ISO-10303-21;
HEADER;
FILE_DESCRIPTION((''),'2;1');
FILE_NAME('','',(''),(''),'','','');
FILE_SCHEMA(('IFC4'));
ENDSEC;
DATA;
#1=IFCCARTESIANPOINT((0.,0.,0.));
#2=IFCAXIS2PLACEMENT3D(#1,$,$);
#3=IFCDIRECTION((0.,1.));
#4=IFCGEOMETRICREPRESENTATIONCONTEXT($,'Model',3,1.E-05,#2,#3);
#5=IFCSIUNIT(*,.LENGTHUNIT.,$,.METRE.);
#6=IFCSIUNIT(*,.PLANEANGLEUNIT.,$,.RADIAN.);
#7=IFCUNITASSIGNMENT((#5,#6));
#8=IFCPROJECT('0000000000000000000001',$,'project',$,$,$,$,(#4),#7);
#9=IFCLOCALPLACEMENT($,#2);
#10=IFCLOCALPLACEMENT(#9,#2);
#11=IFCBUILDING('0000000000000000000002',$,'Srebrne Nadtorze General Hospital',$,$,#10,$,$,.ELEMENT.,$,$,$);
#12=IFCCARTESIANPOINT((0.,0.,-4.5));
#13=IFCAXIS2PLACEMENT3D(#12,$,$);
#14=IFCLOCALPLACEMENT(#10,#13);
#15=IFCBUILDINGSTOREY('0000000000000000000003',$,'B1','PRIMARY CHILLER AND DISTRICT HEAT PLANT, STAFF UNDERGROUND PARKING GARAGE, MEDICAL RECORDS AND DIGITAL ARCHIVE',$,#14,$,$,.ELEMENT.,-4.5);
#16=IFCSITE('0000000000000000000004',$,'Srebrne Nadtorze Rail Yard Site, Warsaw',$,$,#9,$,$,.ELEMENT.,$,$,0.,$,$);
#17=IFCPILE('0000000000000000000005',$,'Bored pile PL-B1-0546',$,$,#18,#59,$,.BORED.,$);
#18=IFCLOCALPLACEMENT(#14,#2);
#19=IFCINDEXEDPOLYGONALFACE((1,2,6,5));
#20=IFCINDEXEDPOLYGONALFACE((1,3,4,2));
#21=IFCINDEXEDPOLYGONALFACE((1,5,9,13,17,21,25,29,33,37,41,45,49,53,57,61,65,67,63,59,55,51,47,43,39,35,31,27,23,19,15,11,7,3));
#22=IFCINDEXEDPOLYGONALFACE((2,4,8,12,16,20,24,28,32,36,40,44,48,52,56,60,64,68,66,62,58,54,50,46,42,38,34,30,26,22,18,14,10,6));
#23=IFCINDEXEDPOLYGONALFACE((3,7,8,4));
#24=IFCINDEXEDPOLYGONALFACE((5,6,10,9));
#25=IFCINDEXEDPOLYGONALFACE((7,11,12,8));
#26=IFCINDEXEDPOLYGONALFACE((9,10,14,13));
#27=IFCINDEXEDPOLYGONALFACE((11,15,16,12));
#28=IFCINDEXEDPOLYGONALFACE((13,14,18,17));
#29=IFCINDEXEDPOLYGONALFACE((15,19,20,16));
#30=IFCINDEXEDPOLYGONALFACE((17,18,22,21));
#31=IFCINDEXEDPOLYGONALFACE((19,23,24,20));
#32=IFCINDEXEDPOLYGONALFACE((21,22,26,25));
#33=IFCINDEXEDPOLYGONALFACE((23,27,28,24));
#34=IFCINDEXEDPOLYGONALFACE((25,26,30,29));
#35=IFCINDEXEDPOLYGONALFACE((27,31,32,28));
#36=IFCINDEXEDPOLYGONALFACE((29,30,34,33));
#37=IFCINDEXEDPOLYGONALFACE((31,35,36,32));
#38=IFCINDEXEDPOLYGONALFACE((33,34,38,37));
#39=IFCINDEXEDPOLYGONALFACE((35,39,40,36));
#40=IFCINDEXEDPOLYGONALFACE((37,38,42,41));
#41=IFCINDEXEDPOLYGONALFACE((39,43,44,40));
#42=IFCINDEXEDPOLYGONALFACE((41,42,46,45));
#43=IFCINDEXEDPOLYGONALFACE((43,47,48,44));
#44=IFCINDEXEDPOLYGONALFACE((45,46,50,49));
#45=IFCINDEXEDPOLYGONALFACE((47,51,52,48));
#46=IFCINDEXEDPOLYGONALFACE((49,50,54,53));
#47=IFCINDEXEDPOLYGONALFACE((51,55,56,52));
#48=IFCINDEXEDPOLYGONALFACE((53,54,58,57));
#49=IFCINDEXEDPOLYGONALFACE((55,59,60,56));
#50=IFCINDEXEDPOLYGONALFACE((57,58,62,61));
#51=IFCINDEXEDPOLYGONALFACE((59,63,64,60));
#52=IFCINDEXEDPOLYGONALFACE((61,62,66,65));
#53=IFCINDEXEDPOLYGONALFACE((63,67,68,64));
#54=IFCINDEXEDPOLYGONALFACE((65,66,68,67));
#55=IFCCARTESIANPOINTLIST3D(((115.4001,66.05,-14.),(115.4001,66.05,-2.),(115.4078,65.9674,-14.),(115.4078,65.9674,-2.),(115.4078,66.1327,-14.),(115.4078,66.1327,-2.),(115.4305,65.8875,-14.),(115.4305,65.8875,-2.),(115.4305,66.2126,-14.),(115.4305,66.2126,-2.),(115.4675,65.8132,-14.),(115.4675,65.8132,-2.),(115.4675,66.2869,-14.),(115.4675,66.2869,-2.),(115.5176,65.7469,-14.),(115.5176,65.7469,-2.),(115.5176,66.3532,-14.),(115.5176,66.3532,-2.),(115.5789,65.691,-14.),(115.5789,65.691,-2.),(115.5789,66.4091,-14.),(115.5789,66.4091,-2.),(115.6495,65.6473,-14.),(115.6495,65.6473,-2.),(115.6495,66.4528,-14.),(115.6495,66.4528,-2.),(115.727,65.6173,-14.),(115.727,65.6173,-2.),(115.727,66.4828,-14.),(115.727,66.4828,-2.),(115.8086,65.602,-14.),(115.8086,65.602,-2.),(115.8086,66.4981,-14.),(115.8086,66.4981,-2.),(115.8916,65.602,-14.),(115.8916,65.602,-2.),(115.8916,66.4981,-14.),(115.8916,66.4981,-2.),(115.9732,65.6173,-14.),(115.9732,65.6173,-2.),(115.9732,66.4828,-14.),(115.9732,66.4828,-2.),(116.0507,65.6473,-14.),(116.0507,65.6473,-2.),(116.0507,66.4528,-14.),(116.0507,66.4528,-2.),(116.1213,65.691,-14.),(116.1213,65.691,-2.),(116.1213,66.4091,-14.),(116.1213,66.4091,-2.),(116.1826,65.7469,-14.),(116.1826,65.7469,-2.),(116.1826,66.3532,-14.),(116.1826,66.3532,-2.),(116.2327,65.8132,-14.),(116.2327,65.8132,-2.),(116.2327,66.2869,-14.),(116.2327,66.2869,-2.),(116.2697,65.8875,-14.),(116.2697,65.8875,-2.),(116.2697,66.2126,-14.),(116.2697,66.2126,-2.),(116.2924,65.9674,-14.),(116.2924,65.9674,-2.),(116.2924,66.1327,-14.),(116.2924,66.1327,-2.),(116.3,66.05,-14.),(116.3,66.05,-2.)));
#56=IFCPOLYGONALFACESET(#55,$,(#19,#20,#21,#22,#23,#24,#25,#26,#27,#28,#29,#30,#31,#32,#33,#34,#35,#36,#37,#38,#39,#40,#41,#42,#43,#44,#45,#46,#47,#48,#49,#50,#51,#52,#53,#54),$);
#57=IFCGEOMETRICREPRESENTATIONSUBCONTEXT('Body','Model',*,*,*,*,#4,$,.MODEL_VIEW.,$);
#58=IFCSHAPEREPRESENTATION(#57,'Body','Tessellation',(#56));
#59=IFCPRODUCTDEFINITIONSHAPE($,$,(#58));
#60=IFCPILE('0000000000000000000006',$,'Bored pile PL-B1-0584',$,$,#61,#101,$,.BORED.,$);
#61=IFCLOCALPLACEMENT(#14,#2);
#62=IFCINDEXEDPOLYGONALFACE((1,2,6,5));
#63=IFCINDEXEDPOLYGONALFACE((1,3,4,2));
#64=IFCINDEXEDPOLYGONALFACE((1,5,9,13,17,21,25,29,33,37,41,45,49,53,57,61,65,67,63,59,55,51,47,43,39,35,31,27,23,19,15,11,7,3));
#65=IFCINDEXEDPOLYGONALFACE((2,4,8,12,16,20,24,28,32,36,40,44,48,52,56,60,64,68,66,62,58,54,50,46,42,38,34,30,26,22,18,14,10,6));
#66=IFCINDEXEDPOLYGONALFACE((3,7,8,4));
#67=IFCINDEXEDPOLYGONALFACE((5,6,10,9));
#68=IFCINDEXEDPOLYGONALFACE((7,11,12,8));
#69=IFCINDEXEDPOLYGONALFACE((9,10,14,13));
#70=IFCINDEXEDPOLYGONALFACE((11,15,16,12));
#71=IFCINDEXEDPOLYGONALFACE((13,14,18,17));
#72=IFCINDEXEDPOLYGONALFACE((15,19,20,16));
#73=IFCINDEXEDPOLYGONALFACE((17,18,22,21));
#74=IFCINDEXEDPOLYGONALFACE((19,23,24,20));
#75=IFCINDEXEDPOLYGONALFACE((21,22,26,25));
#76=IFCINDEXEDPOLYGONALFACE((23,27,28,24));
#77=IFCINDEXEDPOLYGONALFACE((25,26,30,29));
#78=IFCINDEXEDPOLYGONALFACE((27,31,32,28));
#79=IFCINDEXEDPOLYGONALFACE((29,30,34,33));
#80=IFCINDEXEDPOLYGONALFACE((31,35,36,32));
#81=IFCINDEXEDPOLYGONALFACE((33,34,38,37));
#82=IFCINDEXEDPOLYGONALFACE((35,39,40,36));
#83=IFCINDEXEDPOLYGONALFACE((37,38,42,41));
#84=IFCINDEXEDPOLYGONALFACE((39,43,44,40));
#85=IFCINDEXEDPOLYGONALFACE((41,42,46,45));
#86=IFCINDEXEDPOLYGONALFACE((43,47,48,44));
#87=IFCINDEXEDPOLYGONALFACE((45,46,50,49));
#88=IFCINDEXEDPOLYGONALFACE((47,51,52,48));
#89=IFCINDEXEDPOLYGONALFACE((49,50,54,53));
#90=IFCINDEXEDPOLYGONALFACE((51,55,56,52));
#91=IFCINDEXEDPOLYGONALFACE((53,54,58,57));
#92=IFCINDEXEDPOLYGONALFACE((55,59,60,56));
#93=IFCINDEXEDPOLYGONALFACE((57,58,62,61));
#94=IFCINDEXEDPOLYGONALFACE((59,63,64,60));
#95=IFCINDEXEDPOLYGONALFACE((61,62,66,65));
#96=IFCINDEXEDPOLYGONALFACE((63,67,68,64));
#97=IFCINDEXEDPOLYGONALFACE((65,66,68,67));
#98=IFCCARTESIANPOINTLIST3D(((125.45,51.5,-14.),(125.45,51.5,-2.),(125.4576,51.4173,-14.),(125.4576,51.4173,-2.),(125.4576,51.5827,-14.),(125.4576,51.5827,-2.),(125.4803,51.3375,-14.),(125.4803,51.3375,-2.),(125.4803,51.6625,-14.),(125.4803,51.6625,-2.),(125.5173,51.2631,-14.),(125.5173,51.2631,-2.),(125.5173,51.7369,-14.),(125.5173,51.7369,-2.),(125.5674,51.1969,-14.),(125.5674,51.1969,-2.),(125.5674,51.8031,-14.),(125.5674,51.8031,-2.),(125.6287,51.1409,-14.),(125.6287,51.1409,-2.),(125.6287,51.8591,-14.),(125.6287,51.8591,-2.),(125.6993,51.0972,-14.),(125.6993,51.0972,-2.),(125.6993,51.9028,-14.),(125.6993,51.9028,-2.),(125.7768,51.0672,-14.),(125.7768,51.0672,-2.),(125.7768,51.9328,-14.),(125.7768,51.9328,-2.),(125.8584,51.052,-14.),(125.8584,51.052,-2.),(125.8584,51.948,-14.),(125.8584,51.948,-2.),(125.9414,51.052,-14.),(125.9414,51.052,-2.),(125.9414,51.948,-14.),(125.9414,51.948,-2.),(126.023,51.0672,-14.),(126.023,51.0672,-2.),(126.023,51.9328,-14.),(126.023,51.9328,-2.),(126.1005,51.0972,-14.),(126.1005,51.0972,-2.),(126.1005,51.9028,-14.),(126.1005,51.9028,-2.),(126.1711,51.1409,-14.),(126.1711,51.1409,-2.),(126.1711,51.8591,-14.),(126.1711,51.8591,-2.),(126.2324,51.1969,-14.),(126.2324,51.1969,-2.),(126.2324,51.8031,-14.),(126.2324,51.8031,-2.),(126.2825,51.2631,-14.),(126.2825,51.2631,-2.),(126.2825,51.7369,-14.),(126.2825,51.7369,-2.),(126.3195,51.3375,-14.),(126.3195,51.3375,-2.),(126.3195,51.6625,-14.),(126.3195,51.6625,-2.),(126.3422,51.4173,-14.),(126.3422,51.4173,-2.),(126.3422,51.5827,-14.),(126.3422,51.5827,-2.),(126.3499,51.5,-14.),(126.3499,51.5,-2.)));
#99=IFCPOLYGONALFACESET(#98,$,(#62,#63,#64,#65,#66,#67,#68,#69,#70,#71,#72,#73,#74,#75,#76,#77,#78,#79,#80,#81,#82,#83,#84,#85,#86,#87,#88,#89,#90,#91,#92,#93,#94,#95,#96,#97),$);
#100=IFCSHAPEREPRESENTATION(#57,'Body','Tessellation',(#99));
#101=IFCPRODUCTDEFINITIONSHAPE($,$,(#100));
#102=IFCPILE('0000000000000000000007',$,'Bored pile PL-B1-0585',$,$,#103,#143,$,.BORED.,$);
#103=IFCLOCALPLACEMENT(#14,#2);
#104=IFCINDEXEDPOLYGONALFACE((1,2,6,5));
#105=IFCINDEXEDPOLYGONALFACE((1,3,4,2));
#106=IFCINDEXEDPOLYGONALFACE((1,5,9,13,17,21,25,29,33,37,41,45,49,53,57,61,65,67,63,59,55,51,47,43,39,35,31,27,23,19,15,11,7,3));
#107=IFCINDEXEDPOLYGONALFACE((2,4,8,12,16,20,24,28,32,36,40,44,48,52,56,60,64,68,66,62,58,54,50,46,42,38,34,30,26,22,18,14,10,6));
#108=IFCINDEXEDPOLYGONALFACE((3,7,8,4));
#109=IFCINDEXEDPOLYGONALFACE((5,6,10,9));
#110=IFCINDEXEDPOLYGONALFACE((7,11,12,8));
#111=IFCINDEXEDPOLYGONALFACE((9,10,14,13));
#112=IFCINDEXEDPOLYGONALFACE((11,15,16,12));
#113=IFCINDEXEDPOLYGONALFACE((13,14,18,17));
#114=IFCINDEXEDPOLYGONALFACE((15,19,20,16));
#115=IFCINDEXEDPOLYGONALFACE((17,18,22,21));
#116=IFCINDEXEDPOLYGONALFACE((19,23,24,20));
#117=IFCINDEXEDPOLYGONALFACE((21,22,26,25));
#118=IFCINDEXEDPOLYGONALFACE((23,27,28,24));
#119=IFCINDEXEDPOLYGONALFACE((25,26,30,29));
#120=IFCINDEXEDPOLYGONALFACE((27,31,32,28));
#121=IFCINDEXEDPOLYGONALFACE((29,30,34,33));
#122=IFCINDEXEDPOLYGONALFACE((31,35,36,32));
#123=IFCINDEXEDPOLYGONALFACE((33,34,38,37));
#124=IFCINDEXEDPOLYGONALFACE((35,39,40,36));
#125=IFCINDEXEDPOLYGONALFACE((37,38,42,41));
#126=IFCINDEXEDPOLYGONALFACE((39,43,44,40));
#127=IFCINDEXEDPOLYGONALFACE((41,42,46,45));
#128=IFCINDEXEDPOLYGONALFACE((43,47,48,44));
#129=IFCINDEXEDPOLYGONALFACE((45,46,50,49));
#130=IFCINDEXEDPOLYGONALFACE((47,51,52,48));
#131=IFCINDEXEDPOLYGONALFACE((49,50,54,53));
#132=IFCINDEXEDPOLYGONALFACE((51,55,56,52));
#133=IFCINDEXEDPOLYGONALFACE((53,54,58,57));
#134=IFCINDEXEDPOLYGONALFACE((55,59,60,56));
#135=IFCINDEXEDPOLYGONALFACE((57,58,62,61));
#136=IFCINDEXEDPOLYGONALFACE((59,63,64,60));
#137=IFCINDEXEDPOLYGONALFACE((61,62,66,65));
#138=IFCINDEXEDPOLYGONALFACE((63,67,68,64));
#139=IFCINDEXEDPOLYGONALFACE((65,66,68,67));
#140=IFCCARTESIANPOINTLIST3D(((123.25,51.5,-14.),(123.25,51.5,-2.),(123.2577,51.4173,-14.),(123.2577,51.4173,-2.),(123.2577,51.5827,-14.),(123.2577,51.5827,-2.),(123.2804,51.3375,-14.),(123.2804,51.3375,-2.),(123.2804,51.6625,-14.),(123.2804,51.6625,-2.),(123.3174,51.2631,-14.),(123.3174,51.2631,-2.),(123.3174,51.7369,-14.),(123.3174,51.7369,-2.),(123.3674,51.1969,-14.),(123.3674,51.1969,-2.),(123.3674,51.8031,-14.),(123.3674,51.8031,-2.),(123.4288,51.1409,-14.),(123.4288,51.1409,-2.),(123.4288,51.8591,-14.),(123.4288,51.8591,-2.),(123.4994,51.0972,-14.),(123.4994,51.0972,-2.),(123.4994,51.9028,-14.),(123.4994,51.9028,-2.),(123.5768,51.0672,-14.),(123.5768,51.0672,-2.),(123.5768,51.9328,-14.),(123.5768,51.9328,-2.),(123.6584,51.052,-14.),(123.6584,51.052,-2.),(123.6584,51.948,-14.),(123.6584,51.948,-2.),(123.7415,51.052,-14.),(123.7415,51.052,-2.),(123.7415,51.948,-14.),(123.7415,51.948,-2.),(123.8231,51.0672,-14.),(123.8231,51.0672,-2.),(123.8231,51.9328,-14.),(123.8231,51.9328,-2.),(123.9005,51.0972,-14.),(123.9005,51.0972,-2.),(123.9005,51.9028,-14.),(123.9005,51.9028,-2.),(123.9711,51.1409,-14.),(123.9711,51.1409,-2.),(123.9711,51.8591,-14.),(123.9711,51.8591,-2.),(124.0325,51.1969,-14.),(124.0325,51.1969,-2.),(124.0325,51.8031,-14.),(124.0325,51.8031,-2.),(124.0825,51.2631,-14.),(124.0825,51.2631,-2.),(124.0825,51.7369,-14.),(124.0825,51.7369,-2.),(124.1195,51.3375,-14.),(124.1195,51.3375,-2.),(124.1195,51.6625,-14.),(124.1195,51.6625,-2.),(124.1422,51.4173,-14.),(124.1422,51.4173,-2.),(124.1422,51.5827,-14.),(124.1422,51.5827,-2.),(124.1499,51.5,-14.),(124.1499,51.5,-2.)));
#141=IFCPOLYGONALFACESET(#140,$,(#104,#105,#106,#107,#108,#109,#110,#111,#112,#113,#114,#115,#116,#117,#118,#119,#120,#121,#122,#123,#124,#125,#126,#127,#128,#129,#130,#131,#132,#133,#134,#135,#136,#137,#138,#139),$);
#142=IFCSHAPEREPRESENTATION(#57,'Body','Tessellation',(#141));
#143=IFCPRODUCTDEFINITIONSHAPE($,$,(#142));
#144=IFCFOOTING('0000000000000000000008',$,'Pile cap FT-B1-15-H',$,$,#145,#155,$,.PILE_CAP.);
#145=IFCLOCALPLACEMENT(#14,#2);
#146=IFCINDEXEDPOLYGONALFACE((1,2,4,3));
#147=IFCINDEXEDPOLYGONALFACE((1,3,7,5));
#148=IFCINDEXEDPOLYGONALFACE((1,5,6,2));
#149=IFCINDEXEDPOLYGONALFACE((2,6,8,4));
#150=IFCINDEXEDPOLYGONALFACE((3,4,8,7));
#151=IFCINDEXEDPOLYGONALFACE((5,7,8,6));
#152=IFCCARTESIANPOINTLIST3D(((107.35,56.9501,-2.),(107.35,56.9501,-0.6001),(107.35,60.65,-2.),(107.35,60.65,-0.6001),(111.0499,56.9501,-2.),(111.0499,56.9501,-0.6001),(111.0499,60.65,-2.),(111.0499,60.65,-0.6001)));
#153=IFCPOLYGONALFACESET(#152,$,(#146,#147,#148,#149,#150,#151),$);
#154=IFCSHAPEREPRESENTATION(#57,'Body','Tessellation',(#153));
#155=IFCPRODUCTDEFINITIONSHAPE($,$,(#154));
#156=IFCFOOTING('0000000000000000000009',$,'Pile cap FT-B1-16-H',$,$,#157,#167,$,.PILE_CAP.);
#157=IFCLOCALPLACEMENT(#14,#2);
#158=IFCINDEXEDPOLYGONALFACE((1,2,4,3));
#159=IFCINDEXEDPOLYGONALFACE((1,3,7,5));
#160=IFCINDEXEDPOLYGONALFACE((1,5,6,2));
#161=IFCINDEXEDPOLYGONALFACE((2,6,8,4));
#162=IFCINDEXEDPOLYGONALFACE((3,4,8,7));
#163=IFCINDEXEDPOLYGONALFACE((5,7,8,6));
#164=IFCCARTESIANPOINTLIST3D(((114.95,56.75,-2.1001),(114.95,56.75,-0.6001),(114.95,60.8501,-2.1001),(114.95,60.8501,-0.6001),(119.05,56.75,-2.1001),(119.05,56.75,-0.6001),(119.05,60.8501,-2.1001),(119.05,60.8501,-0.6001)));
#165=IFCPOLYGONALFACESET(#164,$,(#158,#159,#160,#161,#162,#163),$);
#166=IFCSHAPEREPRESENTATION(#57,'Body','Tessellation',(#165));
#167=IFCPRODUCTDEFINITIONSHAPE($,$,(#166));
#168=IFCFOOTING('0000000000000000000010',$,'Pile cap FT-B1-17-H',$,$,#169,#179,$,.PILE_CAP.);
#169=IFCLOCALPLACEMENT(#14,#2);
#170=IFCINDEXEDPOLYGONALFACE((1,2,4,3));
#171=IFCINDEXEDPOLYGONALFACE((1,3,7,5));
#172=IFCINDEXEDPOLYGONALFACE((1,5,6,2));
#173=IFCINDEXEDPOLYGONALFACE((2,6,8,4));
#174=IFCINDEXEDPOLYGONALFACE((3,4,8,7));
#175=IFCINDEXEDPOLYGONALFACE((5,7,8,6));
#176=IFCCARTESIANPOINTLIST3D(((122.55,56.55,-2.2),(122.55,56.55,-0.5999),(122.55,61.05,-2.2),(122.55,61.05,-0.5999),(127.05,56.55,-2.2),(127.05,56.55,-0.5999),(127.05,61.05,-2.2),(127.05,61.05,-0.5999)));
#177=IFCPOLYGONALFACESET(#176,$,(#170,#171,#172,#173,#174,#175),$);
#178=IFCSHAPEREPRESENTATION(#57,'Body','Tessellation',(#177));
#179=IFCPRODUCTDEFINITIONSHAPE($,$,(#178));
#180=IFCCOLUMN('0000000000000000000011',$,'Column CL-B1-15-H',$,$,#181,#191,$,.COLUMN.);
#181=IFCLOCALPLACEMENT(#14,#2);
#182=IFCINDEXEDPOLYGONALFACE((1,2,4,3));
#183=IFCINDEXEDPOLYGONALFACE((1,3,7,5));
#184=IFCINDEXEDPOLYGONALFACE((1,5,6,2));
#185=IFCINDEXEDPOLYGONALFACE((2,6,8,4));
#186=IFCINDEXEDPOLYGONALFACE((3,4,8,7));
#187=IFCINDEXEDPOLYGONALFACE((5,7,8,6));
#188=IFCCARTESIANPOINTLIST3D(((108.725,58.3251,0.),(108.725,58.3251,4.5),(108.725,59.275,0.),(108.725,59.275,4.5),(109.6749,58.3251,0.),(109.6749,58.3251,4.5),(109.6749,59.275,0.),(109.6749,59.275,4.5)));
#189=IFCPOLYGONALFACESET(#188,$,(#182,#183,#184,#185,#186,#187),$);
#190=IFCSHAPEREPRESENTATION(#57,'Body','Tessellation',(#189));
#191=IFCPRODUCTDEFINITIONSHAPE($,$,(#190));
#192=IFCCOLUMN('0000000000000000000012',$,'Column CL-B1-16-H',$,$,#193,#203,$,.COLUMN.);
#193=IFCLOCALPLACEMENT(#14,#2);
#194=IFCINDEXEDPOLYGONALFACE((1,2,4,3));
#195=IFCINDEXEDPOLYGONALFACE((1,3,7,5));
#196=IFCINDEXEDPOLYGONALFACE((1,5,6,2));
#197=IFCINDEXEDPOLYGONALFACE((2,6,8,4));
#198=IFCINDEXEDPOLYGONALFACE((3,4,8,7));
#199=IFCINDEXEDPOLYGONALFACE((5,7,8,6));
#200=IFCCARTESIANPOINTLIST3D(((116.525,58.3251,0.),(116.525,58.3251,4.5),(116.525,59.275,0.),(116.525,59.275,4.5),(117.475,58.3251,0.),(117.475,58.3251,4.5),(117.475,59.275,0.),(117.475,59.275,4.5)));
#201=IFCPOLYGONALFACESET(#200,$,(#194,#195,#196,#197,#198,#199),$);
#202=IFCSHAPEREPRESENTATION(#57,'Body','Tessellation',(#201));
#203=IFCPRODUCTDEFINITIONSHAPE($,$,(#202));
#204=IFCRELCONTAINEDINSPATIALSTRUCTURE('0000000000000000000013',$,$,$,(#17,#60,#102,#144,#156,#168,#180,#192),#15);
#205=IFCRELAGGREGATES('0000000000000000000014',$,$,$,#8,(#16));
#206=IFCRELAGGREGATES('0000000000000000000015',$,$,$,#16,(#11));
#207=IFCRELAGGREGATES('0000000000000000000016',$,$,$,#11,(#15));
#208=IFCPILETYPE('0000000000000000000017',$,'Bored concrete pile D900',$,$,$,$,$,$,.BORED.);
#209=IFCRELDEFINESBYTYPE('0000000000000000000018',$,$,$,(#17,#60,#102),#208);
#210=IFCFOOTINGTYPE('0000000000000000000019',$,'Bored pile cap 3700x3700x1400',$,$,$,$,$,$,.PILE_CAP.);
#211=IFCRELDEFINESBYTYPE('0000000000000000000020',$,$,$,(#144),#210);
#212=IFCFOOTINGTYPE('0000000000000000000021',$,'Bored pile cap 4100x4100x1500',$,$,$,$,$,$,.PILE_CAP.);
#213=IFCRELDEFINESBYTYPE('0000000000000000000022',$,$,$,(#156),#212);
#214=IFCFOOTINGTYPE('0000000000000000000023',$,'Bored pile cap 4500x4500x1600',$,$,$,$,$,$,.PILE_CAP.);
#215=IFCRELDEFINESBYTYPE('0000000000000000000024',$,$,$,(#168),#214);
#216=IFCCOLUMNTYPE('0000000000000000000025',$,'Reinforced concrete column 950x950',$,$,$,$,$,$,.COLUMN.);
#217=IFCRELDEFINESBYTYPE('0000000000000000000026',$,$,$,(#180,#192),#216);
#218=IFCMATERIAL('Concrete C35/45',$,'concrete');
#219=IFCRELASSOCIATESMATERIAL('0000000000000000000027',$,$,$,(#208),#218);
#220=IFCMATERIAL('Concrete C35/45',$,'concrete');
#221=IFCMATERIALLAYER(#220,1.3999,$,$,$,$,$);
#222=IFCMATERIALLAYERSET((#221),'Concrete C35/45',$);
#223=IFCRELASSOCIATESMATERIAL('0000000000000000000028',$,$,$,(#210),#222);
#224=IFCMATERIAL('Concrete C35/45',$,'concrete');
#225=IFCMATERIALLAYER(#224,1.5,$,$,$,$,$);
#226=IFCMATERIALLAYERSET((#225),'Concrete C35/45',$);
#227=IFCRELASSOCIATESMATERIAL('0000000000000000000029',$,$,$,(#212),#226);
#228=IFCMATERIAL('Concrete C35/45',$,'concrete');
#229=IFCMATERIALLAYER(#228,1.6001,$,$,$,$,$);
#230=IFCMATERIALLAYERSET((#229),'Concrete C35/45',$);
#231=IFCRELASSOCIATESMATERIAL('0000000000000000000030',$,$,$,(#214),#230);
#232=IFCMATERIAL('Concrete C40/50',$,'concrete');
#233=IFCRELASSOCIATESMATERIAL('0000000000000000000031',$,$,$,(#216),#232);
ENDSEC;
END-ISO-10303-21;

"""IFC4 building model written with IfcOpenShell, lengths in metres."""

from ifc_helpers import new_model, si_unit, direction, frame, origin, origin_2d, place, context, subcontext, project, spatial, rectangle, circle, extrude, material, layer, layer_set, material_profile, profile_set, type_object, element, save


model = new_model("IFC4")

# Units and contexts
model_context = context("Model", 3, precision=1e-05, world=origin(), true_north=direction((0.0, 1.0)))
body_context = subcontext(model_context, "Body", "Model", "MODEL_VIEW")
ifc_project = project(units=[si_unit("LENGTHUNIT", "METRE"), si_unit("PLANEANGLEUNIT", "RADIAN")], contexts=[model_context])

# Site, building, storey
site_placement = place(None, origin())
site = spatial("IfcSite", under=ifc_project, at=site_placement, Name="Srebrne Nadtorze Rail Yard Site, Warsaw", CompositionType="ELEMENT", RefElevation=0.0)
building_placement = place(site_placement, origin())
building = spatial("IfcBuilding", under=site, at=building_placement, Name="Srebrne Nadtorze General Hospital", CompositionType="ELEMENT")
storey_placement = place(building_placement, frame((0.0, 0.0, -4.5)))
storey = spatial("IfcBuildingStorey", under=building, at=storey_placement, Name="B1", Description="PRIMARY CHILLER AND DISTRICT HEAT PLANT, STAFF UNDERGROUND PARKING GARAGE, MEDICAL RECORDS AND DIGITAL ARCHIVE", CompositionType="ELEMENT", Elevation=-4.5)

# Piles
ifc_material_1 = material(Name="Concrete C35/45", Category="concrete")
ifc_material_profile_1 = material_profile(ifc_material_1, circle(Radius=0.45, at=origin_2d()), Name="PILE-D900")
ifc_profile_set_1 = profile_set([ifc_material_profile_1], Name="Concrete C35/45")
pile_type_1 = type_object("IfcPileType", Name="Bored concrete pile D900", PredefinedType="BORED", material=ifc_profile_set_1)
for number, where, z_axis, x_axis, name in (
    (1, (115.8501, 66.05, -2.0), (0.0, 0.0, -1.0), (1.0, 0.0, 0.0), "Bored pile PL-B1-0546"),
    (2, (125.8999, 51.5, -2.0), (0.0, 0.0, -1.0), (1.0, 0.0, 0.0), "Bored pile PL-B1-0584"),
    (3, (123.7, 51.5, -2.0), (0.0, 0.0, -1.0), (1.0, 0.0, 0.0), "Bored pile PL-B1-0585"),
):
    element("IfcPile", number, at=place(storey_placement, frame(where, z_axis=z_axis, x_axis=x_axis)), inside=storey, type_object=pile_type_1, Name=name, PredefinedType="BORED", context=body_context, shape_type="SweptSolid", body=[
        extrude(circle(Radius=0.45, at=origin_2d()), origin(), (0.0, 0.0, 1.0), 12.0),
    ])

# Footings
ifc_material_2 = material(Name="Concrete C35/45", Category="concrete")
ifc_layer_1 = layer(ifc_material_2, 1.3999)
ifc_layer_set_1 = layer_set([ifc_layer_1], Name="Concrete C35/45")
footing_type_1 = type_object("IfcFootingType", Name="Bored pile cap 3700x3700x1400", PredefinedType="PILE_CAP", material=ifc_layer_set_1)
footing_1_placement = place(storey_placement, frame((109.2, 58.8, -2.0), z_axis=(0.0, 0.0, 1.0), x_axis=(1.0, 0.0, 0.0)))
element("IfcFooting", 4, at=footing_1_placement, inside=storey, type_object=footing_type_1, Name="Pile cap FT-B1-15-H", PredefinedType="PILE_CAP", context=body_context, shape_type="SweptSolid", body=[
    extrude(rectangle(XDim=3.7, YDim=3.7, at=origin_2d()), origin(), (0.0, 0.0, 1.0), 1.3999),
])
ifc_material_3 = material(Name="Concrete C35/45", Category="concrete")
ifc_layer_2 = layer(ifc_material_3, 1.5)
ifc_layer_set_2 = layer_set([ifc_layer_2], Name="Concrete C35/45")
footing_type_2 = type_object("IfcFootingType", Name="Bored pile cap 4100x4100x1500", PredefinedType="PILE_CAP", material=ifc_layer_set_2)
footing_2_placement = place(storey_placement, frame((117.0, 58.8, -2.1001), z_axis=(0.0, 0.0, 1.0), x_axis=(1.0, 0.0, 0.0)))
element("IfcFooting", 5, at=footing_2_placement, inside=storey, type_object=footing_type_2, Name="Pile cap FT-B1-16-H", PredefinedType="PILE_CAP", context=body_context, shape_type="SweptSolid", body=[
    extrude(rectangle(XDim=4.1001, YDim=4.1001, at=origin_2d()), origin(), (0.0, 0.0, 1.0), 1.5),
])
ifc_material_4 = material(Name="Concrete C35/45", Category="concrete")
ifc_layer_3 = layer(ifc_material_4, 1.6001)
ifc_layer_set_3 = layer_set([ifc_layer_3], Name="Concrete C35/45")
footing_type_3 = type_object("IfcFootingType", Name="Bored pile cap 4500x4500x1600", PredefinedType="PILE_CAP", material=ifc_layer_set_3)
footing_3_placement = place(storey_placement, frame((124.8, 58.8, -2.2), z_axis=(0.0, 0.0, 1.0), x_axis=(1.0, 0.0, 0.0)))
element("IfcFooting", 6, at=footing_3_placement, inside=storey, type_object=footing_type_3, Name="Pile cap FT-B1-17-H", PredefinedType="PILE_CAP", context=body_context, shape_type="SweptSolid", body=[
    extrude(rectangle(XDim=4.5, YDim=4.5, at=origin_2d()), origin(), (0.0, 0.0, 1.0), 1.6001),
])

# Columns
ifc_material_5 = material(Name="Concrete C40/50", Category="concrete")
ifc_material_profile_2 = material_profile(ifc_material_5, rectangle(XDim=0.95, YDim=0.95, at=origin_2d()), Name="RC-COL-950x950")
ifc_profile_set_2 = profile_set([ifc_material_profile_2], Name="Concrete C40/50")
column_type = type_object("IfcColumnType", Name="Reinforced concrete column 950x950", PredefinedType="COLUMN", material=ifc_profile_set_2)
for number, where, z_axis, x_axis, name in (
    (7, (109.2, 58.8, 0.0), (0.0, 0.0, 1.0), (1.0, 0.0, 0.0), "Column CL-B1-15-H"),
    (8, (117.0, 58.8, 0.0), (0.0, 0.0, 1.0), (1.0, 0.0, 0.0), "Column CL-B1-16-H"),
):
    element("IfcColumn", number, at=place(storey_placement, frame(where, z_axis=z_axis, x_axis=x_axis)), inside=storey, type_object=column_type, Name=name, PredefinedType="COLUMN", context=body_context, shape_type="SweptSolid", body=[
        extrude(rectangle(XDim=0.95, YDim=0.95, at=origin_2d()), origin(), (0.0, 0.0, 1.0), 4.5),
    ])

save(model, "model.ifc")
